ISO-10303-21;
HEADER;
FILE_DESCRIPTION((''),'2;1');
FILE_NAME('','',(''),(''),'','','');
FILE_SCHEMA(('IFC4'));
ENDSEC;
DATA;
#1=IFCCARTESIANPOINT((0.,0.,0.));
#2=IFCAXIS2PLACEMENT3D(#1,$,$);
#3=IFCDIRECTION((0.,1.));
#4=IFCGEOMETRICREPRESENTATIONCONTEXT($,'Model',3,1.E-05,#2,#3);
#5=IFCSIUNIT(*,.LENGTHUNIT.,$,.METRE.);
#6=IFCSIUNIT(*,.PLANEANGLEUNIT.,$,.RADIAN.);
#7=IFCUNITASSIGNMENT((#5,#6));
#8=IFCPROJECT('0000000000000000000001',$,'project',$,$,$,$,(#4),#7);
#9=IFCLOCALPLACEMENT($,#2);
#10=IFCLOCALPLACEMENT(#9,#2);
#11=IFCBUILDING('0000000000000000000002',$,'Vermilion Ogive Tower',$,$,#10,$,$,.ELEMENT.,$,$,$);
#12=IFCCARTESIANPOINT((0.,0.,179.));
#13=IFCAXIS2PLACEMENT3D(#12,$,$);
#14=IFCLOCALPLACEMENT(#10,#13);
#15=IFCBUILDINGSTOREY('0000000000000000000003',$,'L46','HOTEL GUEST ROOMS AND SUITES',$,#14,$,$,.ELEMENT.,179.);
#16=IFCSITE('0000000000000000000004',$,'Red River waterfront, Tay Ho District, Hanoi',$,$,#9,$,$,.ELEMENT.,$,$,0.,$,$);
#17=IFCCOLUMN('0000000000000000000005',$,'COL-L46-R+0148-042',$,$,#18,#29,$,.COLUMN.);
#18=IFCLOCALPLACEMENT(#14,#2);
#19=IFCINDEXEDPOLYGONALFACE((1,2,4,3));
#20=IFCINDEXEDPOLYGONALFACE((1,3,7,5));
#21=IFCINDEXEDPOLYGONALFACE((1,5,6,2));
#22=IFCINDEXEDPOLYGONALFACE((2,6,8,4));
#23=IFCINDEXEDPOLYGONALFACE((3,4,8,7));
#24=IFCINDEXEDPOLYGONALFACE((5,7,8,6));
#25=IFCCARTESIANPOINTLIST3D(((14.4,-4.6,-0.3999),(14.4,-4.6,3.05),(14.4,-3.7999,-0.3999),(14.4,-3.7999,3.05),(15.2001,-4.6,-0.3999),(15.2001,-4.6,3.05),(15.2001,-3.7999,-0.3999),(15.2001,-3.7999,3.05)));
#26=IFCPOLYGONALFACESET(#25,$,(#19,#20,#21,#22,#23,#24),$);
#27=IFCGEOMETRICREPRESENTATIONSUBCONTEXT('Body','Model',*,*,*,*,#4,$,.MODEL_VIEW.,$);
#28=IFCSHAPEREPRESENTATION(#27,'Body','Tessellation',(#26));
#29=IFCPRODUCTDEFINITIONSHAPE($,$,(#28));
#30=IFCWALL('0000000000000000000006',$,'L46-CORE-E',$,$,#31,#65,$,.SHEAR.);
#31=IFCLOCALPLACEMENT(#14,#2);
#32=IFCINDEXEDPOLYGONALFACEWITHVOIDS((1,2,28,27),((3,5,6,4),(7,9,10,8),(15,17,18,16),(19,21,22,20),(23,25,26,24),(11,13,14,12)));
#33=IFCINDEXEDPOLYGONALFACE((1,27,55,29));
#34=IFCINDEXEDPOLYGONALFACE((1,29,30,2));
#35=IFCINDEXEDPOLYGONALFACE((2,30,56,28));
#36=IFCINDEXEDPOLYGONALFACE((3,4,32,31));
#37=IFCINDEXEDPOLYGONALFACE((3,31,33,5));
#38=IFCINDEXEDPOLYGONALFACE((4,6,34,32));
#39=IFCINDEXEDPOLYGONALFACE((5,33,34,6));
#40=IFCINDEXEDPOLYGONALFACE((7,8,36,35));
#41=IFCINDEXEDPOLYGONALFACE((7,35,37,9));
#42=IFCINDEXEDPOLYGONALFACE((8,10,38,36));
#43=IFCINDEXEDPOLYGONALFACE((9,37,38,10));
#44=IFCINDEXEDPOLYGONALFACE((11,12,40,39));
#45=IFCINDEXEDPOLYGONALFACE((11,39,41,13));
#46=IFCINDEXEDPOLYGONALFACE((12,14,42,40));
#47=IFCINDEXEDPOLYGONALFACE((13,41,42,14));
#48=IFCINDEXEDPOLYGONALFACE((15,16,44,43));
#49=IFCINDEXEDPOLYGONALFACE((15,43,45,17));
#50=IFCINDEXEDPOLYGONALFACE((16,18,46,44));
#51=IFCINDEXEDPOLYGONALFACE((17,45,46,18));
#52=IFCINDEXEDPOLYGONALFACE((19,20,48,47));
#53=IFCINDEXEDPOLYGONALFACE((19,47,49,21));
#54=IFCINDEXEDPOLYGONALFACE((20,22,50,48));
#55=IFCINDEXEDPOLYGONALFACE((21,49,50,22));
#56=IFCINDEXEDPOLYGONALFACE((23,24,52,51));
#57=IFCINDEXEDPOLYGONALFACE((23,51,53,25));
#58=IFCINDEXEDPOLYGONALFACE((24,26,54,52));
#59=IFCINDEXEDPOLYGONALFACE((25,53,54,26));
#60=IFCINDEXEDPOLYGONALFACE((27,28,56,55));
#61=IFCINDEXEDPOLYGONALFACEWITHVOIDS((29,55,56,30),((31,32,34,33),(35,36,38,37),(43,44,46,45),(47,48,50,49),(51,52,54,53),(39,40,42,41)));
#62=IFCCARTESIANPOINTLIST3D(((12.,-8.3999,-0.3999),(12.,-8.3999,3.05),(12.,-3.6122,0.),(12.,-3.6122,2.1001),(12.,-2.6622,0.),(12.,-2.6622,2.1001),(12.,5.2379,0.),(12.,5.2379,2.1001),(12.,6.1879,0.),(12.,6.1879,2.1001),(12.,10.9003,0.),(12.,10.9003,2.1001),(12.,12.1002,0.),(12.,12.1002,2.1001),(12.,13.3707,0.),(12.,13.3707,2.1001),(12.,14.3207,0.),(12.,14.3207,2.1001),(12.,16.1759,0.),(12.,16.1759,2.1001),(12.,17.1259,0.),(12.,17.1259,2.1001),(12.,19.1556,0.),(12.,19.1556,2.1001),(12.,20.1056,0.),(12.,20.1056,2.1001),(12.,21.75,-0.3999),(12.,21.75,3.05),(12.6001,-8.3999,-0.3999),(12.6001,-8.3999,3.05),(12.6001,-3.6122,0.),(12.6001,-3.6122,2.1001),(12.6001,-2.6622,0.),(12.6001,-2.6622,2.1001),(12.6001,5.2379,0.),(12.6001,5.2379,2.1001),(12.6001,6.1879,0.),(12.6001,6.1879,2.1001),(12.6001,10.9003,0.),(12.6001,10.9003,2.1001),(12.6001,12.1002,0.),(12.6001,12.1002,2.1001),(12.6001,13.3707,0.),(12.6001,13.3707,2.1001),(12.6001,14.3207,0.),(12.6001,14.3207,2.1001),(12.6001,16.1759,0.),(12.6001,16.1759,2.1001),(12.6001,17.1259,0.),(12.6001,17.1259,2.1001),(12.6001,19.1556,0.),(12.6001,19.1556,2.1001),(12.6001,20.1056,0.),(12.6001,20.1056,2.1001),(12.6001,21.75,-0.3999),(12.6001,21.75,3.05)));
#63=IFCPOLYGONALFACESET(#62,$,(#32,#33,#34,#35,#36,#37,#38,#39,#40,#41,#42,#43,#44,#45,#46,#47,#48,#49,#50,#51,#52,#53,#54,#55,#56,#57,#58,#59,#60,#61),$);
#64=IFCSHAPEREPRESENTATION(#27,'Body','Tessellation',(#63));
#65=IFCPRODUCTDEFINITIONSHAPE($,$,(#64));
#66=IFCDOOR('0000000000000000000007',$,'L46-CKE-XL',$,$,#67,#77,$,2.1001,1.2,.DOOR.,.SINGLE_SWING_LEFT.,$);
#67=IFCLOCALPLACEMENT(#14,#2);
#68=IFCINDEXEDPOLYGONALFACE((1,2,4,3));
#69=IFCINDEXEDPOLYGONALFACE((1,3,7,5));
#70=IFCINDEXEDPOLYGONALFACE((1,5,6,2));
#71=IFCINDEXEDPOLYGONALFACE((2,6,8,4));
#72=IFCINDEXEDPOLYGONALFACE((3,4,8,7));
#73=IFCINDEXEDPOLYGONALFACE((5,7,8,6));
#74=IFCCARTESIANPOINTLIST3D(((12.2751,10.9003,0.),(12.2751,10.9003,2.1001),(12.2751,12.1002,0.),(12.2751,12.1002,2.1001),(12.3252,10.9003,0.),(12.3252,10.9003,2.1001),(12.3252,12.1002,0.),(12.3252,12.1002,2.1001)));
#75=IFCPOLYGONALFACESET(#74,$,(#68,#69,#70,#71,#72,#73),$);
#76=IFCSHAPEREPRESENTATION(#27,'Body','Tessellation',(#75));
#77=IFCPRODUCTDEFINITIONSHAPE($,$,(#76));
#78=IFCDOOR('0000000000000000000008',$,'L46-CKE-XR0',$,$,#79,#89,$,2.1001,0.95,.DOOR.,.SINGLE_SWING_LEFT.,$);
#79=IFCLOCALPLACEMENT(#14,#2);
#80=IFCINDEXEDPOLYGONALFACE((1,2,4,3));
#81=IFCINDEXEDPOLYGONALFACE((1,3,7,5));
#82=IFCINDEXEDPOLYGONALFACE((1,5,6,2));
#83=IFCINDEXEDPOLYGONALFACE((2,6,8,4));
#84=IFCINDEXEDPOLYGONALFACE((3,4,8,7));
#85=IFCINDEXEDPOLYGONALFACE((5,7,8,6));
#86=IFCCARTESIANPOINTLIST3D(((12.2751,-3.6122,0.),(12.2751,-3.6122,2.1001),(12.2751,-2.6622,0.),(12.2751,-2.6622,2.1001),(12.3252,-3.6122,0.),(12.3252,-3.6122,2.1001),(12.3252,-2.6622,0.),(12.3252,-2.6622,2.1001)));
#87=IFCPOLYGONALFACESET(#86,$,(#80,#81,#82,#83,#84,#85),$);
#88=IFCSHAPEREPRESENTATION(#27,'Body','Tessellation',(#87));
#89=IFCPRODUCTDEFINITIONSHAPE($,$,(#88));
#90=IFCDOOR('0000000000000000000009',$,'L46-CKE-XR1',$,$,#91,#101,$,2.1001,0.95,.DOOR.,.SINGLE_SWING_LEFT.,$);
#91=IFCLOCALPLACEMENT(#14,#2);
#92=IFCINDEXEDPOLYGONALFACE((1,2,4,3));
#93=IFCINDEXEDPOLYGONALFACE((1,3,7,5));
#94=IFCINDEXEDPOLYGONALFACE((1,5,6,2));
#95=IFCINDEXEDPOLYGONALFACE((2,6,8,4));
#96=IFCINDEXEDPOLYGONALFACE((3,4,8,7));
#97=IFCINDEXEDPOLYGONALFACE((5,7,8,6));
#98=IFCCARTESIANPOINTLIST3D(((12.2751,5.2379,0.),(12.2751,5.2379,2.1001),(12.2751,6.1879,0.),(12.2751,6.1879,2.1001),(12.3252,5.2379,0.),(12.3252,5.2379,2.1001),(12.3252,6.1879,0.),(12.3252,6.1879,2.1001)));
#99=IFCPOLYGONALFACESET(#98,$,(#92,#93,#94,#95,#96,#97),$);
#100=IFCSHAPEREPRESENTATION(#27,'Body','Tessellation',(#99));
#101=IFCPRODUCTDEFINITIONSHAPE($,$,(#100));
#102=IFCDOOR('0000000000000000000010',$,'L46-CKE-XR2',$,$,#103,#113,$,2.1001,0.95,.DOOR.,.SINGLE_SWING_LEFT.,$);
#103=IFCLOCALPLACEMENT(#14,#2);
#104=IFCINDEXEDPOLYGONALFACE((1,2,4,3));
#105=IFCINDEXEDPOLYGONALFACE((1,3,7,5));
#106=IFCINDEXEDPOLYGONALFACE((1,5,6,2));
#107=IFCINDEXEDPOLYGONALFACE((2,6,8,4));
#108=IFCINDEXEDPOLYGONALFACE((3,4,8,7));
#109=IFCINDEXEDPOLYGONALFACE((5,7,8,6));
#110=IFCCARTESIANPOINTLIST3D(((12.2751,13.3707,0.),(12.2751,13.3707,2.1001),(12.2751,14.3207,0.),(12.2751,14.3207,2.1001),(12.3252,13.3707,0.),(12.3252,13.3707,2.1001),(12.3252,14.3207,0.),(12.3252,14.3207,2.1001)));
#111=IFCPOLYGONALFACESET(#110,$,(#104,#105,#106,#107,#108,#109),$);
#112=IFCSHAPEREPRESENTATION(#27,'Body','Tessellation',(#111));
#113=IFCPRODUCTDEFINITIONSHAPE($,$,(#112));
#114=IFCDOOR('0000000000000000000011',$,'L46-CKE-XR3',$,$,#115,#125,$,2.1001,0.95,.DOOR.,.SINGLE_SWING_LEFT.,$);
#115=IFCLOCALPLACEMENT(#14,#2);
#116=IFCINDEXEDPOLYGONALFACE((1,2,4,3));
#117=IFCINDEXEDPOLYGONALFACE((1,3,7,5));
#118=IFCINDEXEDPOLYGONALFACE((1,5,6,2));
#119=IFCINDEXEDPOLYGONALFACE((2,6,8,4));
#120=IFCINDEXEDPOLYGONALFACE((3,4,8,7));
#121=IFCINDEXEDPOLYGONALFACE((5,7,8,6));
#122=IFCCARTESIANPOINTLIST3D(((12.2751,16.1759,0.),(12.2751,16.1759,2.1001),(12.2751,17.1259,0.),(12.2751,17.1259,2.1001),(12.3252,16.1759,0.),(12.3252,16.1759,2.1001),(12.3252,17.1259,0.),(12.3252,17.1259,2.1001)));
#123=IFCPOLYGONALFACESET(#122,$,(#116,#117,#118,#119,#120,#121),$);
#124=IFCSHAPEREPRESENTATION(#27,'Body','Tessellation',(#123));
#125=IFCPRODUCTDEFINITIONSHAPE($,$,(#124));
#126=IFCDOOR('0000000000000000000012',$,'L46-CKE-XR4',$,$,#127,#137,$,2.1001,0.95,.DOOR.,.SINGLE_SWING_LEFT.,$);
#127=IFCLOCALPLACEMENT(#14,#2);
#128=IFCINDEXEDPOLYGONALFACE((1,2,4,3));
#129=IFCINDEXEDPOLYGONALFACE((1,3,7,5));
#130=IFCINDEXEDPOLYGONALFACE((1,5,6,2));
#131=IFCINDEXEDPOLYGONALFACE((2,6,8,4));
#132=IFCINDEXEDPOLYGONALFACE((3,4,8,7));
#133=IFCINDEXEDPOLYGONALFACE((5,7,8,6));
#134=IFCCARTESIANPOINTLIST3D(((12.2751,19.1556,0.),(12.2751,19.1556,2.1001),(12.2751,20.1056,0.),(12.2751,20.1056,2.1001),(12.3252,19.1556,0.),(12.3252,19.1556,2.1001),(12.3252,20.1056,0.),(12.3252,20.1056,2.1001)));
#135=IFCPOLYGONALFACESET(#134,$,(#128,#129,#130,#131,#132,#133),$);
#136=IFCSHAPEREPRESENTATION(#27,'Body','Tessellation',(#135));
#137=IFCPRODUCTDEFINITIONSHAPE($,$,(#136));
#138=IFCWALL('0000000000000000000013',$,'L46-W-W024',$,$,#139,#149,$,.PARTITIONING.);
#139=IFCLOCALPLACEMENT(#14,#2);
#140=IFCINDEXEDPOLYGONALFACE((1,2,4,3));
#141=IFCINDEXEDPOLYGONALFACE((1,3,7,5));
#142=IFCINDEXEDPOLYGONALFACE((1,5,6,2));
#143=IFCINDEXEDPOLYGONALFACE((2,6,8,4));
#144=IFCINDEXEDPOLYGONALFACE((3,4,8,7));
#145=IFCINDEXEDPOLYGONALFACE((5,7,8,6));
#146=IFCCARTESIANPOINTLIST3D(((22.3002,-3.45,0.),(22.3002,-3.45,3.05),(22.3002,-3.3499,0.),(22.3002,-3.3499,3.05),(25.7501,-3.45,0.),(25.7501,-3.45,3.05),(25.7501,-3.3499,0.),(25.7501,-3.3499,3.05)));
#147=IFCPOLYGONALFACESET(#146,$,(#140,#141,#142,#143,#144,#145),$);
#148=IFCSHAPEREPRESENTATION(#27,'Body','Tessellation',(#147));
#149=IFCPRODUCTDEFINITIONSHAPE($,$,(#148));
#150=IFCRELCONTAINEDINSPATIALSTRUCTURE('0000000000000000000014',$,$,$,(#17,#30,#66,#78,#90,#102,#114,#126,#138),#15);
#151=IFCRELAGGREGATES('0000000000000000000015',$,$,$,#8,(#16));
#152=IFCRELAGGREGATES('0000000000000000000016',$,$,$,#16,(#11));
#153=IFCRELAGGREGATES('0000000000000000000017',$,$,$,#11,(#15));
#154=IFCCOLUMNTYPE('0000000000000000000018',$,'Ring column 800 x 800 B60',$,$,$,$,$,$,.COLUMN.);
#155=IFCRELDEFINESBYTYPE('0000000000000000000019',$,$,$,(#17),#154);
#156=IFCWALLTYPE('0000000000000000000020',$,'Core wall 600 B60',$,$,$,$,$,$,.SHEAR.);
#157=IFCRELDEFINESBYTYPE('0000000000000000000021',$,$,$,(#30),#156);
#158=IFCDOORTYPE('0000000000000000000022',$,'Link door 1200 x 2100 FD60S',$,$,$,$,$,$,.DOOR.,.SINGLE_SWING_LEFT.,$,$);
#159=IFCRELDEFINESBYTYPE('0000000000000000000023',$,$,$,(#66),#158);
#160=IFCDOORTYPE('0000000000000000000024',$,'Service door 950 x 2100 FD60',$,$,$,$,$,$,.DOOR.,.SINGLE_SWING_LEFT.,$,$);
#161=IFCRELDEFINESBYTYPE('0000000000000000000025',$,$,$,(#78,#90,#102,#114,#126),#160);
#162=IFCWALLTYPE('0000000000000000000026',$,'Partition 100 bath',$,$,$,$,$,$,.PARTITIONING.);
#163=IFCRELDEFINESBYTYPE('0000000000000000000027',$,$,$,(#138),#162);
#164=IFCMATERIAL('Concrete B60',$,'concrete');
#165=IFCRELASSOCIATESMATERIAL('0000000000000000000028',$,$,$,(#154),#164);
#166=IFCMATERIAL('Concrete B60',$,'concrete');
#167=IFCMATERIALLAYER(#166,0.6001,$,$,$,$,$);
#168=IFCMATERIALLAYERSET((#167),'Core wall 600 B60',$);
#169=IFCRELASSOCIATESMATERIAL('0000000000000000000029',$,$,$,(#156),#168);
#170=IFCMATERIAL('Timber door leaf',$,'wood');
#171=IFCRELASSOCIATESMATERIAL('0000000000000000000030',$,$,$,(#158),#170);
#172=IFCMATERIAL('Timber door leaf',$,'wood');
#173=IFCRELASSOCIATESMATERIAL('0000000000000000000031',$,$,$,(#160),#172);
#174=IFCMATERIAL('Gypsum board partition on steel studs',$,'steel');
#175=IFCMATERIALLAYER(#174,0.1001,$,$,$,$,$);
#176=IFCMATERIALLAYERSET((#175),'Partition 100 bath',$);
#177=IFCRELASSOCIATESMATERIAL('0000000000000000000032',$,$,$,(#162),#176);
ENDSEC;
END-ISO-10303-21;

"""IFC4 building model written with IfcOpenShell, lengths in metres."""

from ifc_helpers import new_model, si_unit, direction, frame, frame_2d, origin, origin_2d, place, context, subcontext, project, spatial, rectangle, extrude, material, layer, layer_set, material_profile, profile_set, type_object, element, fill, save


model = new_model("IFC4")

# Units and contexts
model_context = context("Model", 3, precision=1e-05, world=origin(), true_north=direction((0.0, 1.0)))
body_context = subcontext(model_context, "Body", "Model", "MODEL_VIEW")
ifc_project = project(units=[si_unit("LENGTHUNIT", "METRE"), si_unit("PLANEANGLEUNIT", "RADIAN")], contexts=[model_context])

# Site, building, storey
site_placement = place(None, origin())
site = spatial("IfcSite", under=ifc_project, at=site_placement, Name="Red River waterfront, Tay Ho District, Hanoi", CompositionType="ELEMENT", RefElevation=0.0)
building_placement = place(site_placement, origin())
building = spatial("IfcBuilding", under=site, at=building_placement, Name="Vermilion Ogive Tower", CompositionType="ELEMENT")
storey_placement = place(building_placement, frame((0.0, 0.0, 179.0)))
storey = spatial("IfcBuildingStorey", under=building, at=storey_placement, Name="L46", Description="HOTEL GUEST ROOMS AND SUITES", CompositionType="ELEMENT", Elevation=179.0)

# Column
ifc_material_1 = material(Name="Concrete B60", Category="concrete")
ifc_material_profile = material_profile(ifc_material_1, rectangle(XDim=0.8, YDim=0.8, at=origin_2d()), Name="800 x 800")
ifc_profile_set = profile_set([ifc_material_profile], Name="Concrete B60")
column_type = type_object("IfcColumnType", Name="Ring column 800 x 800 B60", PredefinedType="COLUMN", material=ifc_profile_set)
column_placement = place(storey_placement, frame((14.8, -4.2, -0.3999), z_axis=(0.0, 0.0, 1.0), x_axis=(1.0, 0.0, 0.0)))
element("IfcColumn", 1, at=column_placement, inside=storey, type_object=column_type, Name="COL-L46-R+0148-042", PredefinedType="COLUMN", context=body_context, shape_type="SweptSolid", body=[
    extrude(rectangle(XDim=0.8, YDim=0.8, at=origin_2d()), origin(), (0.0, 0.0, 1.0), 3.45),
])

# Wall, openings, doors
ifc_material_2 = material(Name="Concrete B60", Category="concrete")
ifc_layer_1 = layer(ifc_material_2, 0.6001)
ifc_layer_set_1 = layer_set([ifc_layer_1], Name="Core wall 600 B60")
wall_type_1 = type_object("IfcWallType", Name="Core wall 600 B60", PredefinedType="SHEAR", material=ifc_layer_set_1)
wall_1_placement = place(storey_placement, frame((12.3, -8.3999, -0.3999), z_axis=(0.0, 0.0, 1.0), x_axis=(0.0, 1.0, 0.0)))
wall_1 = element("IfcWall", 2, at=wall_1_placement, inside=storey, type_object=wall_type_1, Name="L46-CORE-E", PredefinedType="SHEAR", context=body_context, shape_type="SweptSolid", body=[
    extrude(rectangle(XDim=30.1499, YDim=0.6001, at=frame_2d((15.075, 0.0))), origin(), (0.0, 0.0, 1.0), 3.45),
])
opening_1_placement = place(wall_1_placement, frame((4.7876, 0.0, 0.3999)))
opening_1 = element("IfcOpeningElement", 3, at=opening_1_placement, cuts=wall_1, PredefinedType="OPENING", context=body_context, shape_type="SweptSolid", body=[
    extrude(rectangle(XDim=0.95, YDim=2.1001, at=frame_2d((0.4751, 1.05))), frame((0.0, 0.3101, 0.0), z_axis=(0.0, -1.0, 0.0), x_axis=(1.0, 0.0, 0.0)), (0.0, 0.0, 1.0), 0.6201),
])
opening_2_placement = place(wall_1_placement, frame((13.6377, 0.0, 0.3999)))
opening_2 = element("IfcOpeningElement", 4, at=opening_2_placement, cuts=wall_1, PredefinedType="OPENING", context=body_context, shape_type="SweptSolid", body=[
    extrude(rectangle(XDim=0.95, YDim=2.1001, at=frame_2d((0.4751, 1.05))), frame((0.0, 0.3101, 0.0), z_axis=(0.0, -1.0, 0.0), x_axis=(1.0, 0.0, 0.0)), (0.0, 0.0, 1.0), 0.6201),
])
opening_3_placement = place(wall_1_placement, frame((21.7705, 0.0, 0.3999)))
opening_3 = element("IfcOpeningElement", 5, at=opening_3_placement, cuts=wall_1, PredefinedType="OPENING", context=body_context, shape_type="SweptSolid", body=[
    extrude(rectangle(XDim=0.95, YDim=2.1001, at=frame_2d((0.4751, 1.05))), frame((0.0, 0.3101, 0.0), z_axis=(0.0, -1.0, 0.0), x_axis=(1.0, 0.0, 0.0)), (0.0, 0.0, 1.0), 0.6201),
])
opening_4_placement = place(wall_1_placement, frame((24.5757, 0.0, 0.3999)))
opening_4 = element("IfcOpeningElement", 6, at=opening_4_placement, cuts=wall_1, PredefinedType="OPENING", context=body_context, shape_type="SweptSolid", body=[
    extrude(rectangle(XDim=0.95, YDim=2.1001, at=frame_2d((0.4751, 1.05))), frame((0.0, 0.3101, 0.0), z_axis=(0.0, -1.0, 0.0), x_axis=(1.0, 0.0, 0.0)), (0.0, 0.0, 1.0), 0.6201),
])
opening_5_placement = place(wall_1_placement, frame((27.5554, 0.0, 0.3999)))
opening_5 = element("IfcOpeningElement", 7, at=opening_5_placement, cuts=wall_1, PredefinedType="OPENING", context=body_context, shape_type="SweptSolid", body=[
    extrude(rectangle(XDim=0.95, YDim=2.1001, at=frame_2d((0.4751, 1.05))), frame((0.0, 0.3101, 0.0), z_axis=(0.0, -1.0, 0.0), x_axis=(1.0, 0.0, 0.0)), (0.0, 0.0, 1.0), 0.6201),
])
opening_6_placement = place(wall_1_placement, frame((19.3, 0.0, 0.3999)))
opening_6 = element("IfcOpeningElement", 8, at=opening_6_placement, cuts=wall_1, PredefinedType="OPENING", context=body_context, shape_type="SweptSolid", body=[
    extrude(rectangle(XDim=1.2, YDim=2.1001, at=frame_2d((0.6001, 1.05))), frame((0.0, 0.3101, 0.0), z_axis=(0.0, -1.0, 0.0), x_axis=(1.0, 0.0, 0.0)), (0.0, 0.0, 1.0), 0.6201),
])
ifc_material_3 = material(Name="Timber door leaf", Category="wood")
door_type_1 = type_object("IfcDoorType", Name="Link door 1200 x 2100 FD60S", OperationType="SINGLE_SWING_LEFT", PredefinedType="DOOR", material=ifc_material_3)
door_1_placement = place(opening_6_placement, origin())
door_1 = element("IfcDoor", 9, at=door_1_placement, inside=storey, type_object=door_type_1, Name="L46-CKE-XL", OperationType="SINGLE_SWING_LEFT", OverallHeight=2.1001, OverallWidth=1.2, PredefinedType="DOOR", context=body_context, shape_type="SweptSolid", body=[
    extrude(rectangle(XDim=1.2, YDim=2.1001, at=frame_2d((0.6001, 1.05))), frame((0.0, 0.0249, 0.0), z_axis=(0.0, -1.0, 0.0), x_axis=(1.0, 0.0, 0.0)), (0.0, 0.0, 1.0), 0.05),
])
fill(opening_6, door_1)
ifc_material_4 = material(Name="Timber door leaf", Category="wood")
door_type_2 = type_object("IfcDoorType", Name="Service door 950 x 2100 FD60", OperationType="SINGLE_SWING_LEFT", PredefinedType="DOOR", material=ifc_material_4)
door_2_placement = place(opening_1_placement, origin())
door_2 = element("IfcDoor", 10, at=door_2_placement, inside=storey, type_object=door_type_2, Name="L46-CKE-XR0", OperationType="SINGLE_SWING_LEFT", OverallHeight=2.1001, OverallWidth=0.95, PredefinedType="DOOR", context=body_context, shape_type="SweptSolid", body=[
    extrude(rectangle(XDim=0.95, YDim=2.1001, at=frame_2d((0.4751, 1.05))), frame((0.0, 0.0249, 0.0), z_axis=(0.0, -1.0, 0.0), x_axis=(1.0, 0.0, 0.0)), (0.0, 0.0, 1.0), 0.05),
])
fill(opening_1, door_2)
door_3_placement = place(opening_2_placement, origin())
door_3 = element("IfcDoor", 11, at=door_3_placement, inside=storey, type_object=door_type_2, Name="L46-CKE-XR1", OperationType="SINGLE_SWING_LEFT", OverallHeight=2.1001, OverallWidth=0.95, PredefinedType="DOOR", context=body_context, shape_type="SweptSolid", body=[
    extrude(rectangle(XDim=0.95, YDim=2.1001, at=frame_2d((0.4751, 1.05))), frame((0.0, 0.0249, 0.0), z_axis=(0.0, -1.0, 0.0), x_axis=(1.0, 0.0, 0.0)), (0.0, 0.0, 1.0), 0.05),
])
fill(opening_2, door_3)
door_4_placement = place(opening_3_placement, origin())
door_4 = element("IfcDoor", 12, at=door_4_placement, inside=storey, type_object=door_type_2, Name="L46-CKE-XR2", OperationType="SINGLE_SWING_LEFT", OverallHeight=2.1001, OverallWidth=0.95, PredefinedType="DOOR", context=body_context, shape_type="SweptSolid", body=[
    extrude(rectangle(XDim=0.95, YDim=2.1001, at=frame_2d((0.4751, 1.05))), frame((0.0, 0.0249, 0.0), z_axis=(0.0, -1.0, 0.0), x_axis=(1.0, 0.0, 0.0)), (0.0, 0.0, 1.0), 0.05),
])
fill(opening_3, door_4)
door_5_placement = place(opening_4_placement, origin())
door_5 = element("IfcDoor", 13, at=door_5_placement, inside=storey, type_object=door_type_2, Name="L46-CKE-XR3", OperationType="SINGLE_SWING_LEFT", OverallHeight=2.1001, OverallWidth=0.95, PredefinedType="DOOR", context=body_context, shape_type="SweptSolid", body=[
    extrude(rectangle(XDim=0.95, YDim=2.1001, at=frame_2d((0.4751, 1.05))), frame((0.0, 0.0249, 0.0), z_axis=(0.0, -1.0, 0.0), x_axis=(1.0, 0.0, 0.0)), (0.0, 0.0, 1.0), 0.05),
])
fill(opening_4, door_5)
door_6_placement = place(opening_5_placement, origin())
door_6 = element("IfcDoor", 14, at=door_6_placement, inside=storey, type_object=door_type_2, Name="L46-CKE-XR4", OperationType="SINGLE_SWING_LEFT", OverallHeight=2.1001, OverallWidth=0.95, PredefinedType="DOOR", context=body_context, shape_type="SweptSolid", body=[
    extrude(rectangle(XDim=0.95, YDim=2.1001, at=frame_2d((0.4751, 1.05))), frame((0.0, 0.0249, 0.0), z_axis=(0.0, -1.0, 0.0), x_axis=(1.0, 0.0, 0.0)), (0.0, 0.0, 1.0), 0.05),
])
fill(opening_5, door_6)

# Wall
ifc_material_5 = material(Name="Gypsum board partition on steel studs", Category="steel")
ifc_layer_2 = layer(ifc_material_5, 0.1001)
ifc_layer_set_2 = layer_set([ifc_layer_2], Name="Partition 100 bath")
wall_type_2 = type_object("IfcWallType", Name="Partition 100 bath", PredefinedType="PARTITIONING", material=ifc_layer_set_2)
wall_2_placement = place(storey_placement, frame((22.3, -3.3999, 0.0), z_axis=(0.0, 0.0, 1.0), x_axis=(1.0, 0.0, 0.0)))
element("IfcWall", 15, at=wall_2_placement, inside=storey, type_object=wall_type_2, Name="L46-W-W024", PredefinedType="PARTITIONING", context=body_context, shape_type="SweptSolid", body=[
    extrude(rectangle(XDim=3.45, YDim=0.1001, at=frame_2d((1.7251, 0.0))), origin(), (0.0, 0.0, 1.0), 3.05),
])

save(model, "model.ifc")
